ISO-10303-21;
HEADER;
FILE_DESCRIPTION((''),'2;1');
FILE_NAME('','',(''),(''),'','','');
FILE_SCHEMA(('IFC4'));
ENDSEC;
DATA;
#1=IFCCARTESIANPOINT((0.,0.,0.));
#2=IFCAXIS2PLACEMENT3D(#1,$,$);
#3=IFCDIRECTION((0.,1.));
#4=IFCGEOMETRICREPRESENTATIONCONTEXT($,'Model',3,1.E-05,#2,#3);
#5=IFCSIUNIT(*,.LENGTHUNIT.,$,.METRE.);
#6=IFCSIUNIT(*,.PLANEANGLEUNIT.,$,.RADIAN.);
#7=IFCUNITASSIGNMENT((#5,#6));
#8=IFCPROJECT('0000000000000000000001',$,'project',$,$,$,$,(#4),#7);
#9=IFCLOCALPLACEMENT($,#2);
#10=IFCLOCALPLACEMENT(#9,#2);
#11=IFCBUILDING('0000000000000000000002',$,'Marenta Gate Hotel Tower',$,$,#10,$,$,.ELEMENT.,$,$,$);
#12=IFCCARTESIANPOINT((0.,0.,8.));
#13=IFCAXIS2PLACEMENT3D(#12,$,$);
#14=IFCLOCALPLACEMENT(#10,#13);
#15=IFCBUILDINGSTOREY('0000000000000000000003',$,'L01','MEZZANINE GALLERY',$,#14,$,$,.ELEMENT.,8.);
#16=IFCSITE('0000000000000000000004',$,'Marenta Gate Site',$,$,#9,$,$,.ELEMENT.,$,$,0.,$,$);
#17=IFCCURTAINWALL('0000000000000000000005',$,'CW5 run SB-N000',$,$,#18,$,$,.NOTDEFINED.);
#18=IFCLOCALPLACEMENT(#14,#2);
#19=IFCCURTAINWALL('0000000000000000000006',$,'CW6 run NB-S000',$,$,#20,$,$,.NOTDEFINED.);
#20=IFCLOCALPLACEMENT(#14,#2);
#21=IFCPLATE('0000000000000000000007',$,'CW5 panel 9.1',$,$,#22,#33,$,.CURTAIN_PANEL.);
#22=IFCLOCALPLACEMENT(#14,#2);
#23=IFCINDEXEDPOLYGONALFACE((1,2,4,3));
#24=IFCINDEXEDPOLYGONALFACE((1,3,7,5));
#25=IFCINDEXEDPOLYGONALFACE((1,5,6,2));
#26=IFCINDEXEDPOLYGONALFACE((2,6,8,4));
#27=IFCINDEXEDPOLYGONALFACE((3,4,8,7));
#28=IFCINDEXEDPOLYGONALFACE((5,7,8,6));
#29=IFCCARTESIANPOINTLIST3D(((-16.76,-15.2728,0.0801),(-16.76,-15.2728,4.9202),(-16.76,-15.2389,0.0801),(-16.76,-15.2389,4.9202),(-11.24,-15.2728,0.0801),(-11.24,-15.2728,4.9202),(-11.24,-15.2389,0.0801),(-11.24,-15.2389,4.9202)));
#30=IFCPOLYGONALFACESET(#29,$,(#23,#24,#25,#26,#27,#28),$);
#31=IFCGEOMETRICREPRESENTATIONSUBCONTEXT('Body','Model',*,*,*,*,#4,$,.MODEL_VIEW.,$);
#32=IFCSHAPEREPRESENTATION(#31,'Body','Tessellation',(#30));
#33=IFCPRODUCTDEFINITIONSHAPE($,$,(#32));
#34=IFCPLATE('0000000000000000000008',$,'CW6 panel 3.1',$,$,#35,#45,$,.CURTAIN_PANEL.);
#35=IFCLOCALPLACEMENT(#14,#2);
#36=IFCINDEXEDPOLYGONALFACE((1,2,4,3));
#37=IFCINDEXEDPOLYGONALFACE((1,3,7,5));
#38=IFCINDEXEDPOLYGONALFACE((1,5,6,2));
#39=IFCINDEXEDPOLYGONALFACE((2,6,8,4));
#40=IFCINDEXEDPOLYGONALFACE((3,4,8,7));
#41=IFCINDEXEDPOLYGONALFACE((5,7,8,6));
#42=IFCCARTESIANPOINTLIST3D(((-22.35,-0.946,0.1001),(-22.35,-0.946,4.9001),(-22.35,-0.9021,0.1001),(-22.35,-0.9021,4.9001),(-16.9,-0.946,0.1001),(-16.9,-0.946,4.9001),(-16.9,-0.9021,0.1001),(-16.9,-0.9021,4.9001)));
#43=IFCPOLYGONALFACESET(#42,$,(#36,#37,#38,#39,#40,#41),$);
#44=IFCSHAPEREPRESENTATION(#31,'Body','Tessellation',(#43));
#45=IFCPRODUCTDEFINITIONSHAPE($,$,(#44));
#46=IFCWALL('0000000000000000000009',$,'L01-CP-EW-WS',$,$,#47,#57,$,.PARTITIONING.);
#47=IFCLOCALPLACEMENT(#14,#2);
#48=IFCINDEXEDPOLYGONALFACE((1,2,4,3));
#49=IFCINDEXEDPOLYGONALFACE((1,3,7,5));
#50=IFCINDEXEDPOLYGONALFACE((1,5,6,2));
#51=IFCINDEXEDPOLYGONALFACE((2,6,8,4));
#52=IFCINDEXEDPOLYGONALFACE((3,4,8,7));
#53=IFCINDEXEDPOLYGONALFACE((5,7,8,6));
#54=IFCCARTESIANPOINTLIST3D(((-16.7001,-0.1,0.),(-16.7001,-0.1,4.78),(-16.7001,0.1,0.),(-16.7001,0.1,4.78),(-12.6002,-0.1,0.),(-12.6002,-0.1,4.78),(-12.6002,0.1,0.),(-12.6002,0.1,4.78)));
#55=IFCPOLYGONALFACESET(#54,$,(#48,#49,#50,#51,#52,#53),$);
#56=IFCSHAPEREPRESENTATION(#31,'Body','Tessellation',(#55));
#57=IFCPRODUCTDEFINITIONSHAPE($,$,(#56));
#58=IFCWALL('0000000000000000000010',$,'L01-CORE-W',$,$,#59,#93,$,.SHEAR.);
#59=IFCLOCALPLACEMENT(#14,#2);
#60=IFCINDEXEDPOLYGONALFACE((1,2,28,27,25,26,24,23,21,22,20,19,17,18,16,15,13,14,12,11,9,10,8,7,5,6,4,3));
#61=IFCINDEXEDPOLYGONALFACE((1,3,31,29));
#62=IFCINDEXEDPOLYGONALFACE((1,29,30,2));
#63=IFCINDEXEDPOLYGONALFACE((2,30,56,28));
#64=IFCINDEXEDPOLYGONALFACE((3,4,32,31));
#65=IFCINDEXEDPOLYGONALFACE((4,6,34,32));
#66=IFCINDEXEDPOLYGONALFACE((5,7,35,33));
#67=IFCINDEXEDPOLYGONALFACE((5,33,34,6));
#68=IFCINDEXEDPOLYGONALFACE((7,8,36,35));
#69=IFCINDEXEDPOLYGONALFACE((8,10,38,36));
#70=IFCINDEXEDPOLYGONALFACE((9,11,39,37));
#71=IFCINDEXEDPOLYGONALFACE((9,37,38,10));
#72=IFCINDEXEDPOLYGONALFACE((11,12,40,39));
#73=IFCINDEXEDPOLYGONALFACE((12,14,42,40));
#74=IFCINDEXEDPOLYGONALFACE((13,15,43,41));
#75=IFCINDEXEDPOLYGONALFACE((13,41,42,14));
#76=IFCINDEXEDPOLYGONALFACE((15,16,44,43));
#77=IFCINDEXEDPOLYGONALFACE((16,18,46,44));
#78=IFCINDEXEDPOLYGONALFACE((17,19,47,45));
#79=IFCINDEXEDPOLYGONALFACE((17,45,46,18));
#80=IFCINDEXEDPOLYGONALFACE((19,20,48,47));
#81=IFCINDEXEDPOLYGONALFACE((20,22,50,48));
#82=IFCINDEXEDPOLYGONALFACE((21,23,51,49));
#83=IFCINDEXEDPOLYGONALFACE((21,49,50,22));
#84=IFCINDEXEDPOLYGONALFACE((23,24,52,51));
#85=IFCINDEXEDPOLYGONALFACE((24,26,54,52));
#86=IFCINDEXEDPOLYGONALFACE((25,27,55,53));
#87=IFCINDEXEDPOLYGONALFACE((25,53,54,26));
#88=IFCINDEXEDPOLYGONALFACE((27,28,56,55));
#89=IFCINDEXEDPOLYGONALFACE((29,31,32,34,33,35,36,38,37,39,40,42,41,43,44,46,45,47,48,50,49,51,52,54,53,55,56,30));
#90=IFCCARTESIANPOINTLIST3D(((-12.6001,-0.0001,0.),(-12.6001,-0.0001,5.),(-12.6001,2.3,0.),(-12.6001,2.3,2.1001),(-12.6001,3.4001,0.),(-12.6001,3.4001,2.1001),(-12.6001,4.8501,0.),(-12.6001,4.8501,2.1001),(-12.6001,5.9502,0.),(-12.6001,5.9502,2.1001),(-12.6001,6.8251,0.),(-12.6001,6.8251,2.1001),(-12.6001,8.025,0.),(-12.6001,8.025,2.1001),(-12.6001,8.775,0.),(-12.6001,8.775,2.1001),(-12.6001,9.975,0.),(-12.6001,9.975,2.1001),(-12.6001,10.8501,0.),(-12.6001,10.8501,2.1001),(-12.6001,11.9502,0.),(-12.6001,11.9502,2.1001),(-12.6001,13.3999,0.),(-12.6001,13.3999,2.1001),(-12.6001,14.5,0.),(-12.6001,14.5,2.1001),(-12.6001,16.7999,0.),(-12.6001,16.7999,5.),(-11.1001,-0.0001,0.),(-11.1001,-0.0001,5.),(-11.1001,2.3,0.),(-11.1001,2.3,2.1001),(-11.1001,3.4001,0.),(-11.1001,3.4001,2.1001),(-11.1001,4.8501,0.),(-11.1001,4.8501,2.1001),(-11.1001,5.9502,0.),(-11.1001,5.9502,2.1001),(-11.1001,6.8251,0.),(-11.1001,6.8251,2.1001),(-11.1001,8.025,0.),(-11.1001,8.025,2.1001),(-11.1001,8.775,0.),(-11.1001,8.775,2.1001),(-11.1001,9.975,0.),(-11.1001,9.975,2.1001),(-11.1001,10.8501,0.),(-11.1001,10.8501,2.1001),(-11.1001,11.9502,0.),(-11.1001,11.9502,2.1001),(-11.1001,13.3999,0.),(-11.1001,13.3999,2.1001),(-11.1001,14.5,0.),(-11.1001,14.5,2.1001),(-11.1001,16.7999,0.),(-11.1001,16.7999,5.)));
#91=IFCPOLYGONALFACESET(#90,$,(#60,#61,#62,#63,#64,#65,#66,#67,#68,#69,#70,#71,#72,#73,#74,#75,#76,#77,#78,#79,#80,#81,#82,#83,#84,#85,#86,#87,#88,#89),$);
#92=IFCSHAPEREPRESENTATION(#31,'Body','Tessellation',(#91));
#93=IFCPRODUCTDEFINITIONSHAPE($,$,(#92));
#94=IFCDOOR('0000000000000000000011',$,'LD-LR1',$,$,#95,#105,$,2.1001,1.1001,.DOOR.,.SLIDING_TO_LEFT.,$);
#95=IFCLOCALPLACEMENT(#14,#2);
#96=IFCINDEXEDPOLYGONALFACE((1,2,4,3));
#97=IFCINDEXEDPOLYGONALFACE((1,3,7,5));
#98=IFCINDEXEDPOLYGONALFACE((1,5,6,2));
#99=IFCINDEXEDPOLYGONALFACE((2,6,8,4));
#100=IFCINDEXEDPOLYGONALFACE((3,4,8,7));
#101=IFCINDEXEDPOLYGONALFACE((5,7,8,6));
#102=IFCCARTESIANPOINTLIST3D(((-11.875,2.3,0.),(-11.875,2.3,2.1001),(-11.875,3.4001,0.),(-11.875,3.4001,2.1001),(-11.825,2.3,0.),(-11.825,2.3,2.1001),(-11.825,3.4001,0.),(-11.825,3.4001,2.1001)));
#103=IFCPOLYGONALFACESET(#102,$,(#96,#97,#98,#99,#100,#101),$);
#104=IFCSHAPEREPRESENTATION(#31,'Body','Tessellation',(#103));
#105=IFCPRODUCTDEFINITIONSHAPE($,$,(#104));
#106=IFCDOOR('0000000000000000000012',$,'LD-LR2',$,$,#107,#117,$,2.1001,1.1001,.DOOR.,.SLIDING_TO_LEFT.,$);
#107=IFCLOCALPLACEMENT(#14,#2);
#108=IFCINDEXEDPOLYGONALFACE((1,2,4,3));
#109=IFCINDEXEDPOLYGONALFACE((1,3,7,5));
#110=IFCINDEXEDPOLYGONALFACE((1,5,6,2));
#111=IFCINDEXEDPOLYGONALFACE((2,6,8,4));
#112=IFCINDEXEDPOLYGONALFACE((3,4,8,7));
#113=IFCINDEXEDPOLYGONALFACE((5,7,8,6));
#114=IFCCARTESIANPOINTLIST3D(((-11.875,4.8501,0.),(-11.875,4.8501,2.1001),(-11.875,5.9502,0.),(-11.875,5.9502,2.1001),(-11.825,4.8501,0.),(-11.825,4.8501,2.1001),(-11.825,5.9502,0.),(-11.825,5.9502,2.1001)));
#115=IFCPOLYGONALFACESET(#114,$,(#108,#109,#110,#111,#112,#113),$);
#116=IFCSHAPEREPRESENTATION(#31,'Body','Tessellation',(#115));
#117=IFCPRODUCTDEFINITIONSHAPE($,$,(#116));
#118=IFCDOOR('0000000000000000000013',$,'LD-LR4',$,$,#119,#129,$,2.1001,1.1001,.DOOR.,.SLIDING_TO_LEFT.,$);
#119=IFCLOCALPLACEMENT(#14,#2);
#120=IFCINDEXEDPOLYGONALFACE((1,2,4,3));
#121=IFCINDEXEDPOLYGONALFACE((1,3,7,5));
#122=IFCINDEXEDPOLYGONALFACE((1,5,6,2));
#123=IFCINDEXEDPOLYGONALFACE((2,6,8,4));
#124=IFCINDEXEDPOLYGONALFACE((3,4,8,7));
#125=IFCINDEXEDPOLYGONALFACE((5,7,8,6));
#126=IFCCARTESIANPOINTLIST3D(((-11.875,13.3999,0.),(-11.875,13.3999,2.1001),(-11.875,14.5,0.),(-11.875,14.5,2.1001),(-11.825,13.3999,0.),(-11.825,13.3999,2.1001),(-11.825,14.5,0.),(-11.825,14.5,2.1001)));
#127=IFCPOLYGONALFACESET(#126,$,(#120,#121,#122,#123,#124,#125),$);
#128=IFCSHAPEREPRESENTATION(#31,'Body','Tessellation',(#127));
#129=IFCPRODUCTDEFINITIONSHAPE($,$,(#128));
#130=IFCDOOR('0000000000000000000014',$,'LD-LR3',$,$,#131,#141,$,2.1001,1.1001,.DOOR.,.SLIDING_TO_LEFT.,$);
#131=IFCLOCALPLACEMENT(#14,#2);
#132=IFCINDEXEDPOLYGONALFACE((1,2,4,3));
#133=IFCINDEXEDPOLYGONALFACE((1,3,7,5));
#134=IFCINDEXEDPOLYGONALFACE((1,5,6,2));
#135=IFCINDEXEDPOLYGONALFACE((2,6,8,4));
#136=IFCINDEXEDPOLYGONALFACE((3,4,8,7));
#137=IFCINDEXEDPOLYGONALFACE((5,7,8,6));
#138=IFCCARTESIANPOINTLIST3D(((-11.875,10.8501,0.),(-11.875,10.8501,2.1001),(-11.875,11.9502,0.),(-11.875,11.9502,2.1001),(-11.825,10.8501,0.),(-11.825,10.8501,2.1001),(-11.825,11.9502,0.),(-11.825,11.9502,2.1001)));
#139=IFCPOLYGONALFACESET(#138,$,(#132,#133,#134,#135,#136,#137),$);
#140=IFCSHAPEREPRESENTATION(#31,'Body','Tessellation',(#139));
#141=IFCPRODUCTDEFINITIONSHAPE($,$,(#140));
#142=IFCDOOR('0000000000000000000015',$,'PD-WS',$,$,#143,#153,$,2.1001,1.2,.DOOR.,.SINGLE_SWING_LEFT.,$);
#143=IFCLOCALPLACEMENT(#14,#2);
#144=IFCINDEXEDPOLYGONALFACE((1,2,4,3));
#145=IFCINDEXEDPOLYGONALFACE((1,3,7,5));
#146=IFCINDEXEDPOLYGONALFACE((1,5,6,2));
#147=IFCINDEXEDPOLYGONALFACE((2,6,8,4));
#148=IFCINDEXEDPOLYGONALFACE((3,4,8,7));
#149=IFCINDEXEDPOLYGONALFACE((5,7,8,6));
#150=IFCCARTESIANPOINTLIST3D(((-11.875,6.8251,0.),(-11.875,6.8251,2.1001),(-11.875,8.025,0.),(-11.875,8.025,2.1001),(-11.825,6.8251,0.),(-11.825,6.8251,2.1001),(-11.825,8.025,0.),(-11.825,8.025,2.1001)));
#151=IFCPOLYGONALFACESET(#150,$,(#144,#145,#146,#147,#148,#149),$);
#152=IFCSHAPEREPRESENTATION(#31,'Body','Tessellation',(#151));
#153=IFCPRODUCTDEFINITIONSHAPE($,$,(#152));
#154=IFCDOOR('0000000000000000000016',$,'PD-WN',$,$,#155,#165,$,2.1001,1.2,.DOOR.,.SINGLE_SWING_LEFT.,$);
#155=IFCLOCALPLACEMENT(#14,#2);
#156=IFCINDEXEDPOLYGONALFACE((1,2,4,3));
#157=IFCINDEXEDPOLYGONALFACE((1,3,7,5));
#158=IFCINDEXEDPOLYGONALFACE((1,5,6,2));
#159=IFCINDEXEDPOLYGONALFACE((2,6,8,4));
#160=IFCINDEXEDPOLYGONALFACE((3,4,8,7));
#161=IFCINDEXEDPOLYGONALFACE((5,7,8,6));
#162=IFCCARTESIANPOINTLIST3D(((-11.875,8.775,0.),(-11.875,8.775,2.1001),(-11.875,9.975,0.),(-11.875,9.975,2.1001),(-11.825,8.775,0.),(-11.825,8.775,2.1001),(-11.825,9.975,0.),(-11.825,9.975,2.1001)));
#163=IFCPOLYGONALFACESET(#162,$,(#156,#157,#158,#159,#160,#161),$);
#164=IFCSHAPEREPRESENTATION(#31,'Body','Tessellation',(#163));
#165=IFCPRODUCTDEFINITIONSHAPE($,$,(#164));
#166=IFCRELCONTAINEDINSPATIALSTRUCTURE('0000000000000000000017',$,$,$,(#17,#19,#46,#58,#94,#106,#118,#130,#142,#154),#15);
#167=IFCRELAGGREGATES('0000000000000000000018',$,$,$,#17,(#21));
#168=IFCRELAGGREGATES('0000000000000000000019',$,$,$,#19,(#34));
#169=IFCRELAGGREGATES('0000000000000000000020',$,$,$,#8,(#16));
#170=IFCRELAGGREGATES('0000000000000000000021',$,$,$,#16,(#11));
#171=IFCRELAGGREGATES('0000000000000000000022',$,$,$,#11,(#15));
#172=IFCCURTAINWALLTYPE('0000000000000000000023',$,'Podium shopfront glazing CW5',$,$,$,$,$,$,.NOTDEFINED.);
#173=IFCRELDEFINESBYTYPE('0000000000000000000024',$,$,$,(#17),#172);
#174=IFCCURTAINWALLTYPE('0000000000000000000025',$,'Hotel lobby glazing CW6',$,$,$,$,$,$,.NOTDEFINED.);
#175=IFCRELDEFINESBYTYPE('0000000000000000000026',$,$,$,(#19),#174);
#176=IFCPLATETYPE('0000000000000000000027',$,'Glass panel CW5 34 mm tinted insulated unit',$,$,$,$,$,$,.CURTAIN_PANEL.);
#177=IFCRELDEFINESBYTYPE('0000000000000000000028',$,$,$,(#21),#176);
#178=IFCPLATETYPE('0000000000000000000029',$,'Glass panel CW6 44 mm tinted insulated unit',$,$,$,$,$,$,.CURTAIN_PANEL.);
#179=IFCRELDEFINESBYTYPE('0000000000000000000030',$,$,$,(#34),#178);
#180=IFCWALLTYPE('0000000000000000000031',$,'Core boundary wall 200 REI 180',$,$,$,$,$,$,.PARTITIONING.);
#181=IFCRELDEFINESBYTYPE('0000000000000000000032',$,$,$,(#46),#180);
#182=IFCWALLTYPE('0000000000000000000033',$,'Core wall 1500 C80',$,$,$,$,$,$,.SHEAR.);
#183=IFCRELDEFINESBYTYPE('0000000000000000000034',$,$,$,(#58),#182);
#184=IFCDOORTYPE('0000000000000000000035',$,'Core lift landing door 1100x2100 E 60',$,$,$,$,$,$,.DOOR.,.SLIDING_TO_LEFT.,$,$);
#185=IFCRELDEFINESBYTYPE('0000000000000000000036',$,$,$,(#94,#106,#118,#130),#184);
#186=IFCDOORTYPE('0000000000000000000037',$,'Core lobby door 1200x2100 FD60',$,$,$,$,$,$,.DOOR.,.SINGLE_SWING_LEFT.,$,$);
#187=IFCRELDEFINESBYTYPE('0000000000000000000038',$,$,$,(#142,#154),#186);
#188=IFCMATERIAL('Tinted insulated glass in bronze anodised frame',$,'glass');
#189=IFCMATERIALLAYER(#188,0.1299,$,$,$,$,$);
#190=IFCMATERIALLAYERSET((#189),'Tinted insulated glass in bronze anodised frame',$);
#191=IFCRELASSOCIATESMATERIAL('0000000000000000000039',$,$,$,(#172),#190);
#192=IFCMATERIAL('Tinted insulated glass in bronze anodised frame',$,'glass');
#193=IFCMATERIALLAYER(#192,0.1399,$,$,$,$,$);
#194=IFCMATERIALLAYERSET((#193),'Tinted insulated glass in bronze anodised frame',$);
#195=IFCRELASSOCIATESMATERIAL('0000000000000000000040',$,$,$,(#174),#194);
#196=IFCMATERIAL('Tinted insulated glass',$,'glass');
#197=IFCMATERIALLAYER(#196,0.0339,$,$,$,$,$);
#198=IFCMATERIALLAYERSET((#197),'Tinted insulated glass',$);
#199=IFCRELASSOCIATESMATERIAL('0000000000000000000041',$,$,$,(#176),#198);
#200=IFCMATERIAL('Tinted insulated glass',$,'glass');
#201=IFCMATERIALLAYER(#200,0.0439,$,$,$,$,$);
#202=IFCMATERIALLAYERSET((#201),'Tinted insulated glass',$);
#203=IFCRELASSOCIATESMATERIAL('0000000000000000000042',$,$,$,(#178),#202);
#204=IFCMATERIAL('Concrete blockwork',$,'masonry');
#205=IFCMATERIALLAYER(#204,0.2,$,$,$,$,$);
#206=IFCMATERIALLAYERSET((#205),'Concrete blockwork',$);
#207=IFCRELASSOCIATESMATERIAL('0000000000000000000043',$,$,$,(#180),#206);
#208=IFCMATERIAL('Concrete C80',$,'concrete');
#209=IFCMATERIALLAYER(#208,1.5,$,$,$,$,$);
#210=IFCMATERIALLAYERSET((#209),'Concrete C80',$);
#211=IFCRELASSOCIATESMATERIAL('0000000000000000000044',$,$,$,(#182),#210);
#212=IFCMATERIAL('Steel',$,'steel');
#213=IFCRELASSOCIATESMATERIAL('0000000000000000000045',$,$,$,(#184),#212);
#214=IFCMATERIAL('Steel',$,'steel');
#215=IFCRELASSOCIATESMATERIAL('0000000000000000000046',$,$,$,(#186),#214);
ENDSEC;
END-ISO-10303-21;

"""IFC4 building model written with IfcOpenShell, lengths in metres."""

from ifc_helpers import new_model, si_unit, direction, frame, frame_2d, origin, origin_2d, place, context, subcontext, project, spatial, rectangle, extrude, material, layer, layer_set, type_object, element, fill, aggregate, save


model = new_model("IFC4")

# Units and contexts
model_context = context("Model", 3, precision=1e-05, world=origin(), true_north=direction((0.0, 1.0)))
body_context = subcontext(model_context, "Body", "Model", "MODEL_VIEW")
ifc_project = project(units=[si_unit("LENGTHUNIT", "METRE"), si_unit("PLANEANGLEUNIT", "RADIAN")], contexts=[model_context])

# Site, building, storey
site_placement = place(None, origin())
site = spatial("IfcSite", under=ifc_project, at=site_placement, Name="Marenta Gate Site", CompositionType="ELEMENT", RefElevation=0.0)
building_placement = place(site_placement, origin())
building = spatial("IfcBuilding", under=site, at=building_placement, Name="Marenta Gate Hotel Tower", CompositionType="ELEMENT")
storey_placement = place(building_placement, frame((0.0, 0.0, 8.0)))
storey = spatial("IfcBuildingStorey", under=building, at=storey_placement, Name="L01", Description="MEZZANINE GALLERY", CompositionType="ELEMENT", Elevation=8.0)

# Curtain wall
ifc_material_1 = material(Name="Tinted insulated glass in bronze anodised frame", Category="glass")
ifc_layer_1 = layer(ifc_material_1, 0.1299)
ifc_layer_set_1 = layer_set([ifc_layer_1], Name="Tinted insulated glass in bronze anodised frame")
curtain_wall_type_1 = type_object("IfcCurtainWallType", Name="Podium shopfront glazing CW5", PredefinedType="NOTDEFINED", material=ifc_layer_set_1)
curtain_wall_1_placement = place(storey_placement, origin())
curtain_wall_1 = element("IfcCurtainWall", 1, at=curtain_wall_1_placement, inside=storey, type_object=curtain_wall_type_1, Name="CW5 run SB-N000", PredefinedType="NOTDEFINED")

# Curtain wall
ifc_material_2 = material(Name="Tinted insulated glass in bronze anodised frame", Category="glass")
ifc_layer_2 = layer(ifc_material_2, 0.1399)
ifc_layer_set_2 = layer_set([ifc_layer_2], Name="Tinted insulated glass in bronze anodised frame")
curtain_wall_type_2 = type_object("IfcCurtainWallType", Name="Hotel lobby glazing CW6", PredefinedType="NOTDEFINED", material=ifc_layer_set_2)
curtain_wall_2_placement = place(storey_placement, origin())
curtain_wall_2 = element("IfcCurtainWall", 2, at=curtain_wall_2_placement, inside=storey, type_object=curtain_wall_type_2, Name="CW6 run NB-S000", PredefinedType="NOTDEFINED")

# Plates
ifc_material_3 = material(Name="Tinted insulated glass", Category="glass")
ifc_layer_3 = layer(ifc_material_3, 0.0339)
ifc_layer_set_3 = layer_set([ifc_layer_3], Name="Tinted insulated glass")
plate_type_1 = type_object("IfcPlateType", Name="Glass panel CW5 34 mm tinted insulated unit", PredefinedType="CURTAIN_PANEL", material=ifc_layer_set_3)
plate_1_placement = place(storey_placement, frame((-14.0, -15.2559, 0.0801), z_axis=(0.0, 0.0, 1.0), x_axis=(-1.0, 0.0, 0.0)))
plate_1 = element("IfcPlate", 3, at=plate_1_placement, type_object=plate_type_1, Name="CW5 panel 9.1", PredefinedType="CURTAIN_PANEL", context=body_context, shape_type="SweptSolid", body=[
    extrude(rectangle(XDim=5.52, YDim=0.0339, at=origin_2d()), origin(), (0.0, 0.0, 1.0), 4.8401),
])
aggregate(curtain_wall_1, [plate_1])
ifc_material_4 = material(Name="Tinted insulated glass", Category="glass")
ifc_layer_4 = layer(ifc_material_4, 0.0439)
ifc_layer_set_4 = layer_set([ifc_layer_4], Name="Tinted insulated glass")
plate_type_2 = type_object("IfcPlateType", Name="Glass panel CW6 44 mm tinted insulated unit", PredefinedType="CURTAIN_PANEL", material=ifc_layer_set_4)
plate_2_placement = place(storey_placement, frame((-19.625, -0.9241, 0.1001), z_axis=(0.0, 0.0, 1.0), x_axis=(1.0, 0.0, 0.0)))
plate_2 = element("IfcPlate", 4, at=plate_2_placement, type_object=plate_type_2, Name="CW6 panel 3.1", PredefinedType="CURTAIN_PANEL", context=body_context, shape_type="SweptSolid", body=[
    extrude(rectangle(XDim=5.45, YDim=0.0439, at=origin_2d()), origin(), (0.0, 0.0, 1.0), 4.8),
])
aggregate(curtain_wall_2, [plate_2])

# Shared definitions
ifc_material_5 = material(Name="Concrete blockwork", Category="masonry")
ifc_layer_5 = layer(ifc_material_5, 0.2)
ifc_layer_set_5 = layer_set([ifc_layer_5], Name="Concrete blockwork")
wall_type_1 = type_object("IfcWallType", Name="Core boundary wall 200 REI 180", PredefinedType="PARTITIONING", material=ifc_layer_set_5)

# Wall
wall_1_placement = place(storey_placement, frame((-16.7, 0.0, 0.0), z_axis=(0.0, 0.0, 1.0), x_axis=(1.0, 0.0, 0.0)))
element("IfcWall", 5, at=wall_1_placement, inside=storey, type_object=wall_type_1, Name="L01-CP-EW-WS", PredefinedType="PARTITIONING", context=body_context, shape_type="SweptSolid", body=[
    extrude(rectangle(XDim=4.0999, YDim=0.2, at=frame_2d((2.0498, 0.0))), origin(), (0.0, 0.0, 1.0), 4.78),
])

# Wall, openings, doors
ifc_material_6 = material(Name="Concrete C80", Category="concrete")
ifc_layer_6 = layer(ifc_material_6, 1.5)
ifc_layer_set_6 = layer_set([ifc_layer_6], Name="Concrete C80")
wall_type_2 = type_object("IfcWallType", Name="Core wall 1500 C80", PredefinedType="SHEAR", material=ifc_layer_set_6)
wall_2_placement = place(storey_placement, frame((-11.8501, 0.0, 0.0), z_axis=(0.0, 0.0, 1.0), x_axis=(0.0, 1.0, 0.0)))
wall_2 = element("IfcWall", 6, at=wall_2_placement, inside=storey, type_object=wall_type_2, Name="L01-CORE-W", PredefinedType="SHEAR", context=body_context, shape_type="SweptSolid", body=[
    extrude(rectangle(XDim=16.8, YDim=1.5, at=frame_2d((8.3999, 0.0))), origin(), (0.0, 0.0, 1.0), 5.0),
])
opening_1_placement = place(wall_2_placement, frame((2.3, 0.0, 0.0)))
opening_1 = element("IfcOpeningElement", 7, at=opening_1_placement, cuts=wall_2, PredefinedType="OPENING", context=body_context, shape_type="SweptSolid", body=[
    extrude(rectangle(XDim=1.1001, YDim=2.1001, at=frame_2d((0.55, 1.05))), frame((0.0, 0.75, 0.0), z_axis=(0.0, -1.0, 0.0), x_axis=(1.0, 0.0, 0.0)), (0.0, 0.0, 1.0), 1.5),
])
opening_2_placement = place(wall_2_placement, frame((4.8501, 0.0, 0.0)))
opening_2 = element("IfcOpeningElement", 8, at=opening_2_placement, cuts=wall_2, PredefinedType="OPENING", context=body_context, shape_type="SweptSolid", body=[
    extrude(rectangle(XDim=1.1001, YDim=2.1001, at=frame_2d((0.55, 1.05))), frame((0.0, 0.75, 0.0), z_axis=(0.0, -1.0, 0.0), x_axis=(1.0, 0.0, 0.0)), (0.0, 0.0, 1.0), 1.5),
])
opening_3_placement = place(wall_2_placement, frame((6.825, 0.0, 0.0)))
opening_3 = element("IfcOpeningElement", 9, at=opening_3_placement, cuts=wall_2, PredefinedType="OPENING", context=body_context, shape_type="SweptSolid", body=[
    extrude(rectangle(XDim=1.2, YDim=2.1001, at=frame_2d((0.6001, 1.05))), frame((0.0, 0.75, 0.0), z_axis=(0.0, -1.0, 0.0), x_axis=(1.0, 0.0, 0.0)), (0.0, 0.0, 1.0), 1.5),
])
opening_4_placement = place(wall_2_placement, frame((13.3999, 0.0, 0.0)))
opening_4 = element("IfcOpeningElement", 10, at=opening_4_placement, cuts=wall_2, PredefinedType="OPENING", context=body_context, shape_type="SweptSolid", body=[
    extrude(rectangle(XDim=1.1001, YDim=2.1001, at=frame_2d((0.55, 1.05))), frame((0.0, 0.75, 0.0), z_axis=(0.0, -1.0, 0.0), x_axis=(1.0, 0.0, 0.0)), (0.0, 0.0, 1.0), 1.5),
])
opening_5_placement = place(wall_2_placement, frame((10.8501, 0.0, 0.0)))
opening_5 = element("IfcOpeningElement", 11, at=opening_5_placement, cuts=wall_2, PredefinedType="OPENING", context=body_context, shape_type="SweptSolid", body=[
    extrude(rectangle(XDim=1.1001, YDim=2.1001, at=frame_2d((0.55, 1.05))), frame((0.0, 0.75, 0.0), z_axis=(0.0, -1.0, 0.0), x_axis=(1.0, 0.0, 0.0)), (0.0, 0.0, 1.0), 1.5),
])
opening_6_placement = place(wall_2_placement, frame((8.7749, 0.0, 0.0)))
opening_6 = element("IfcOpeningElement", 12, at=opening_6_placement, cuts=wall_2, PredefinedType="OPENING", context=body_context, shape_type="SweptSolid", body=[
    extrude(rectangle(XDim=1.2, YDim=2.1001, at=frame_2d((0.6001, 1.05))), frame((0.0, 0.75, 0.0), z_axis=(0.0, -1.0, 0.0), x_axis=(1.0, 0.0, 0.0)), (0.0, 0.0, 1.0), 1.5),
])
ifc_material_7 = material(Name="Steel", Category="steel")
door_type_1 = type_object("IfcDoorType", Name="Core lift landing door 1100x2100 E 60", OperationType="SLIDING_TO_LEFT", PredefinedType="DOOR", material=ifc_material_7)
door_1_placement = place(opening_1_placement, origin())
door_1 = element("IfcDoor", 13, at=door_1_placement, inside=storey, type_object=door_type_1, Name="LD-LR1", OperationType="SLIDING_TO_LEFT", OverallHeight=2.1001, OverallWidth=1.1001, PredefinedType="DOOR", context=body_context, shape_type="SweptSolid", body=[
    extrude(rectangle(XDim=1.1001, YDim=2.1001, at=frame_2d((0.55, 1.05))), frame((0.0, 0.0249, 0.0), z_axis=(0.0, -1.0, 0.0), x_axis=(1.0, 0.0, 0.0)), (0.0, 0.0, 1.0), 0.05),
])
fill(opening_1, door_1)
door_2_placement = place(opening_2_placement, origin())
door_2 = element("IfcDoor", 14, at=door_2_placement, inside=storey, type_object=door_type_1, Name="LD-LR2", OperationType="SLIDING_TO_LEFT", OverallHeight=2.1001, OverallWidth=1.1001, PredefinedType="DOOR", context=body_context, shape_type="SweptSolid", body=[
    extrude(rectangle(XDim=1.1001, YDim=2.1001, at=frame_2d((0.55, 1.05))), frame((0.0, 0.0249, 0.0), z_axis=(0.0, -1.0, 0.0), x_axis=(1.0, 0.0, 0.0)), (0.0, 0.0, 1.0), 0.05),
])
fill(opening_2, door_2)
door_3_placement = place(opening_4_placement, origin())
door_3 = element("IfcDoor", 15, at=door_3_placement, inside=storey, type_object=door_type_1, Name="LD-LR4", OperationType="SLIDING_TO_LEFT", OverallHeight=2.1001, OverallWidth=1.1001, PredefinedType="DOOR", context=body_context, shape_type="SweptSolid", body=[
    extrude(rectangle(XDim=1.1001, YDim=2.1001, at=frame_2d((0.55, 1.05))), frame((0.0, 0.0249, 0.0), z_axis=(0.0, -1.0, 0.0), x_axis=(1.0, 0.0, 0.0)), (0.0, 0.0, 1.0), 0.05),
])
fill(opening_4, door_3)
door_4_placement = place(opening_5_placement, origin())
door_4 = element("IfcDoor", 16, at=door_4_placement, inside=storey, type_object=door_type_1, Name="LD-LR3", OperationType="SLIDING_TO_LEFT", OverallHeight=2.1001, OverallWidth=1.1001, PredefinedType="DOOR", context=body_context, shape_type="SweptSolid", body=[
    extrude(rectangle(XDim=1.1001, YDim=2.1001, at=frame_2d((0.55, 1.05))), frame((0.0, 0.0249, 0.0), z_axis=(0.0, -1.0, 0.0), x_axis=(1.0, 0.0, 0.0)), (0.0, 0.0, 1.0), 0.05),
])
fill(opening_5, door_4)
ifc_material_8 = material(Name="Steel", Category="steel")
door_type_2 = type_object("IfcDoorType", Name="Core lobby door 1200x2100 FD60", OperationType="SINGLE_SWING_LEFT", PredefinedType="DOOR", material=ifc_material_8)
door_5_placement = place(opening_3_placement, origin())
door_5 = element("IfcDoor", 17, at=door_5_placement, inside=storey, type_object=door_type_2, Name="PD-WS", OperationType="SINGLE_SWING_LEFT", OverallHeight=2.1001, OverallWidth=1.2, PredefinedType="DOOR", context=body_context, shape_type="SweptSolid", body=[
    extrude(rectangle(XDim=1.2, YDim=2.1001, at=frame_2d((0.6001, 1.05))), frame((0.0, 0.0249, 0.0), z_axis=(0.0, -1.0, 0.0), x_axis=(1.0, 0.0, 0.0)), (0.0, 0.0, 1.0), 0.05),
])
fill(opening_3, door_5)
door_6_placement = place(opening_6_placement, origin())
door_6 = element("IfcDoor", 18, at=door_6_placement, inside=storey, type_object=door_type_2, Name="PD-WN", OperationType="SINGLE_SWING_LEFT", OverallHeight=2.1001, OverallWidth=1.2, PredefinedType="DOOR", context=body_context, shape_type="SweptSolid", body=[
    extrude(rectangle(XDim=1.2, YDim=2.1001, at=frame_2d((0.6001, 1.05))), frame((0.0, 0.0249, 0.0), z_axis=(0.0, -1.0, 0.0), x_axis=(1.0, 0.0, 0.0)), (0.0, 0.0, 1.0), 0.05),
])
fill(opening_6, door_6)

save(model, "model.ifc")
